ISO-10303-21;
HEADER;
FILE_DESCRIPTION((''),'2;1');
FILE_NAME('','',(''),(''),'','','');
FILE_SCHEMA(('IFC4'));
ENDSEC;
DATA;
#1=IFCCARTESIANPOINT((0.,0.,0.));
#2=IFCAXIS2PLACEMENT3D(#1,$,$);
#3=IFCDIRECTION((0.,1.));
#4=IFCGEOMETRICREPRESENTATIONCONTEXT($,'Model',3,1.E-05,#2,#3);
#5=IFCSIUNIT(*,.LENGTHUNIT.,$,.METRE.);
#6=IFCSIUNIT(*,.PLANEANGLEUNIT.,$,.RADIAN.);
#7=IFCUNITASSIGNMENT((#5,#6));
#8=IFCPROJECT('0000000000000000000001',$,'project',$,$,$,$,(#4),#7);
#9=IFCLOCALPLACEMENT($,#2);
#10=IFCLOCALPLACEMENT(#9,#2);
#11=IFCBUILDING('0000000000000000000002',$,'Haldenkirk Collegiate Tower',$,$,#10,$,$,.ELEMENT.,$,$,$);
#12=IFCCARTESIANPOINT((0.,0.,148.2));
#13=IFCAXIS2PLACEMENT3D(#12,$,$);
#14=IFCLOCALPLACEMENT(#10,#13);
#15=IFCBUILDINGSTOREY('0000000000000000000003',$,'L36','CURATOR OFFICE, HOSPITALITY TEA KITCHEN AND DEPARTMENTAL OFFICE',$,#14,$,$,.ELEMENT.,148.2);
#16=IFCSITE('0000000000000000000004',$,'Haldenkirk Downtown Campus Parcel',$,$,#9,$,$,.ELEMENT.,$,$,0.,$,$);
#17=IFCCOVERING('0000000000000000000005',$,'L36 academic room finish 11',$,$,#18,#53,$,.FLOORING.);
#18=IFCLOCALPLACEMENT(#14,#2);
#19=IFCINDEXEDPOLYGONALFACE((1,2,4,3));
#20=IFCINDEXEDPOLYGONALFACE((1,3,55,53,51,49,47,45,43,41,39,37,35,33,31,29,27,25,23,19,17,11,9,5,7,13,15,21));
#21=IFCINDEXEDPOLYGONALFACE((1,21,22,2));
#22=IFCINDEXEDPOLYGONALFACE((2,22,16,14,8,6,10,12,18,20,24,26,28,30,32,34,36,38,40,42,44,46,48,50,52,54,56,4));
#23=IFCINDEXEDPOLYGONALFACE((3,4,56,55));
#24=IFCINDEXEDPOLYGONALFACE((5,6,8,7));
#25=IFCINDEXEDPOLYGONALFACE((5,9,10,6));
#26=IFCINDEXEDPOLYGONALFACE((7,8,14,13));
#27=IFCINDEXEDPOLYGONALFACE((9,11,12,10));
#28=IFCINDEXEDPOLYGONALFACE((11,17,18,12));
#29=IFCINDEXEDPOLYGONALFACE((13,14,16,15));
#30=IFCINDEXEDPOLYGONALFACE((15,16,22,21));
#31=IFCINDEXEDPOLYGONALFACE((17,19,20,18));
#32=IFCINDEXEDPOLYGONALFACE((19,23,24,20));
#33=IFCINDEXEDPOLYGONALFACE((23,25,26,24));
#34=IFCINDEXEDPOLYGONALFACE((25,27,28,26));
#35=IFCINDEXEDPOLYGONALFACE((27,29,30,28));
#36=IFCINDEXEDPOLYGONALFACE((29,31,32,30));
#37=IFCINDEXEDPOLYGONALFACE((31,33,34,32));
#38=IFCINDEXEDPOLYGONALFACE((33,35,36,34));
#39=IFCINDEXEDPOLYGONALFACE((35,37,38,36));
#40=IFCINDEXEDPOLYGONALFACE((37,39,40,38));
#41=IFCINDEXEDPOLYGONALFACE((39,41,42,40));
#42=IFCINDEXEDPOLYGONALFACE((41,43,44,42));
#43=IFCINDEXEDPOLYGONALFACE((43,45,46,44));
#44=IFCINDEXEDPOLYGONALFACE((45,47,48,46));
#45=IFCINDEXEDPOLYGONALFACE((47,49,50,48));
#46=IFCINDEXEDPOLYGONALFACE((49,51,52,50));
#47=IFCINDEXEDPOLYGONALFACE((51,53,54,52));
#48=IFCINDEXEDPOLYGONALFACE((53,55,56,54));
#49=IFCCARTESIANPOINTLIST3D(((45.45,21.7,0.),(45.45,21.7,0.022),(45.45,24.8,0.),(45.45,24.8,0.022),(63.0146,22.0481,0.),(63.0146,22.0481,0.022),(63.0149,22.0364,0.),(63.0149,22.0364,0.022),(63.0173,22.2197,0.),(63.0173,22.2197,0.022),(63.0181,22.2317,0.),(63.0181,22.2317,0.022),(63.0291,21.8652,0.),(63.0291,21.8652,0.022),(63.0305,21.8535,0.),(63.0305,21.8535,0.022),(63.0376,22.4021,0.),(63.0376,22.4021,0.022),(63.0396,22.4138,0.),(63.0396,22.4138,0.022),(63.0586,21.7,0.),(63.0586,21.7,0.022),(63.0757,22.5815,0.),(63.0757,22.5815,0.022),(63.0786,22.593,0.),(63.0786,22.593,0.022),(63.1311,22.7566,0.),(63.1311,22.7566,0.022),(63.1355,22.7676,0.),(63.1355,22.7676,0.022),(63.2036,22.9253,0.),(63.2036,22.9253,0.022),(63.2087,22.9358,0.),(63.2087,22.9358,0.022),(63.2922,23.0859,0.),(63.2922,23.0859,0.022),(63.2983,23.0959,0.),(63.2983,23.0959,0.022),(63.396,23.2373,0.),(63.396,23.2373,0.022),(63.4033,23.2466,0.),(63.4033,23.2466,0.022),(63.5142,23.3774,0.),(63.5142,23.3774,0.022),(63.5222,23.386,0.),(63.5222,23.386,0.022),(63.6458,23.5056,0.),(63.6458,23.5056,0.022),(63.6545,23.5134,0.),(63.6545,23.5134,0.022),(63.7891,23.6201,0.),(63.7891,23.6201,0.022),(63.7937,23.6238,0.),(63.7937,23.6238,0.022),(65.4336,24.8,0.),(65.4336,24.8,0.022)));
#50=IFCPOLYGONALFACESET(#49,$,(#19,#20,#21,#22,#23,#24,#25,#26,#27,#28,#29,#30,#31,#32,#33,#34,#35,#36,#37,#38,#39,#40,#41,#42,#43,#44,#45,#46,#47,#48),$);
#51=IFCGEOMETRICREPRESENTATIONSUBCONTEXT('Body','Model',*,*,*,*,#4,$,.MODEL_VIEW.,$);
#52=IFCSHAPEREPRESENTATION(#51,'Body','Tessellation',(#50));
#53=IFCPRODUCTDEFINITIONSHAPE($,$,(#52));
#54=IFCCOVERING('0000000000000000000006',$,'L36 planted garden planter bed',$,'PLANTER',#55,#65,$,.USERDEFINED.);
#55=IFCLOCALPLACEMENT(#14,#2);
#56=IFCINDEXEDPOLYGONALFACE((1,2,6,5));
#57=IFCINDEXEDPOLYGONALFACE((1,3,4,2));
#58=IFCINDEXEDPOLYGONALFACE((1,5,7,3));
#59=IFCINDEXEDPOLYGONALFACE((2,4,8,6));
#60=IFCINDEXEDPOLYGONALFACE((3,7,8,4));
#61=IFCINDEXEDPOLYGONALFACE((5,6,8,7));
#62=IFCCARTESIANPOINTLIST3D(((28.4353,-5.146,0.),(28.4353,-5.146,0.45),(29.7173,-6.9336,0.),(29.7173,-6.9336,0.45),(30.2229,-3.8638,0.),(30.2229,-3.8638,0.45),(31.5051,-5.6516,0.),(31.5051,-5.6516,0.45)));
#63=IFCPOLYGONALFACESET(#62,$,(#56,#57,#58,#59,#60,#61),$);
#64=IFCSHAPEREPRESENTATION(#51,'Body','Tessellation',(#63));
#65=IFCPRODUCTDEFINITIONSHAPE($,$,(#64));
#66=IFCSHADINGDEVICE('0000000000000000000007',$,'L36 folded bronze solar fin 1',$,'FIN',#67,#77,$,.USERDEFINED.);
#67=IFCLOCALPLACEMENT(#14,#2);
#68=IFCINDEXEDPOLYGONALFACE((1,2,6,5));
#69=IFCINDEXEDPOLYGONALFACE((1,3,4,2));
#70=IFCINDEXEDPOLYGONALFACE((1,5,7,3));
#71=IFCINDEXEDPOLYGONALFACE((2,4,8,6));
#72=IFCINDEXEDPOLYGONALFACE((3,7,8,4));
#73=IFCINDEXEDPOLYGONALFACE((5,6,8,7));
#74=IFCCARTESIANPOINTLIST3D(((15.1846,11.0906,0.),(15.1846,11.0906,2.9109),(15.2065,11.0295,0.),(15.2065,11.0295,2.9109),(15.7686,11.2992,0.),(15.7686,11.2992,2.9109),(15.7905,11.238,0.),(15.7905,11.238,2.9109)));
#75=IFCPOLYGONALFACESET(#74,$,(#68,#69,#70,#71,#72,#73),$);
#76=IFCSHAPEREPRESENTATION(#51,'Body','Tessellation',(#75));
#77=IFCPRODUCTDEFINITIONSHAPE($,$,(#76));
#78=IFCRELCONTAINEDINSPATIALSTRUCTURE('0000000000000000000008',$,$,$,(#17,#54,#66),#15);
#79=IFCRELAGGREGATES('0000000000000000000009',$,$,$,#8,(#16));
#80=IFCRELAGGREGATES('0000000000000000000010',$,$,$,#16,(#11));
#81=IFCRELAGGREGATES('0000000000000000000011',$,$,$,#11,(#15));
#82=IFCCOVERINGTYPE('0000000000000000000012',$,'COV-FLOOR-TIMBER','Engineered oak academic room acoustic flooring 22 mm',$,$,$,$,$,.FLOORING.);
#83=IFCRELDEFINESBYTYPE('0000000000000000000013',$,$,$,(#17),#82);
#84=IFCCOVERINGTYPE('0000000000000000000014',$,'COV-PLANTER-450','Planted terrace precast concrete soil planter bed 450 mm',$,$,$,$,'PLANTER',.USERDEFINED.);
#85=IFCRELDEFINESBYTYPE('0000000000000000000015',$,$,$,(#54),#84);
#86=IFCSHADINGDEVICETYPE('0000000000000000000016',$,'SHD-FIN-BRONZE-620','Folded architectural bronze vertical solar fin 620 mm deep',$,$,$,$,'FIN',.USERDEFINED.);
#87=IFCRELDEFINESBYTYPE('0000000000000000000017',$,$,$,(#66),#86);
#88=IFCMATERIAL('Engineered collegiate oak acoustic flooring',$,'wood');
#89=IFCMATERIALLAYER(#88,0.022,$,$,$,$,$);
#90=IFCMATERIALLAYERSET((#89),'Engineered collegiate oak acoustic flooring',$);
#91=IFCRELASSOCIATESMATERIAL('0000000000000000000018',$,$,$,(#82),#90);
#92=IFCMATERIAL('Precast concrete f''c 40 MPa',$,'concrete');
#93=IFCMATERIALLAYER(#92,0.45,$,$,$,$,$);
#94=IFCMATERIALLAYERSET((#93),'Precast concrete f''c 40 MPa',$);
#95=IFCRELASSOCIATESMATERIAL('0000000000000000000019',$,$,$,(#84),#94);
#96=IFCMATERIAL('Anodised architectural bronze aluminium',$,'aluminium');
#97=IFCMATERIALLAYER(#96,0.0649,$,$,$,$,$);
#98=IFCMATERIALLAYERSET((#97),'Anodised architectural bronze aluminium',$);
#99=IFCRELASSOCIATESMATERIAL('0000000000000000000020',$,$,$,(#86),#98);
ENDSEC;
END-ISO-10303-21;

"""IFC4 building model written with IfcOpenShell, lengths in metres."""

from ifc_helpers import new_model, si_unit, direction, frame, origin, origin_2d, place, context, subcontext, project, spatial, polyline, rectangle, outline, extrude, source, transform, mapped, material, layer, layer_set, type_object, element, save


model = new_model("IFC4")

# Units and contexts
model_context = context("Model", 3, precision=1e-05, world=origin(), true_north=direction((0.0, 1.0)))
body_context = subcontext(model_context, "Body", "Model", "MODEL_VIEW")
ifc_project = project(units=[si_unit("LENGTHUNIT", "METRE"), si_unit("PLANEANGLEUNIT", "RADIAN")], contexts=[model_context])

# Site, building, storey
site_placement = place(None, origin())
site = spatial("IfcSite", under=ifc_project, at=site_placement, Name="Haldenkirk Downtown Campus Parcel", CompositionType="ELEMENT", RefElevation=0.0)
building_placement = place(site_placement, origin())
building = spatial("IfcBuilding", under=site, at=building_placement, Name="Haldenkirk Collegiate Tower", CompositionType="ELEMENT")
storey_placement = place(building_placement, frame((0.0, 0.0, 148.2)))
storey = spatial("IfcBuildingStorey", under=building, at=storey_placement, Name="L36", Description="CURATOR OFFICE, HOSPITALITY TEA KITCHEN AND DEPARTMENTAL OFFICE", CompositionType="ELEMENT", Elevation=148.2)

# Shared definitions
ifc_material_1 = material(Name="Anodised architectural bronze aluminium", Category="aluminium")

# Coverings
ifc_material_2 = material(Name="Engineered collegiate oak acoustic flooring", Category="wood")
ifc_layer_1 = layer(ifc_material_2, 0.022)
ifc_layer_set_1 = layer_set([ifc_layer_1], Name="Engineered collegiate oak acoustic flooring")
covering_type_1 = type_object("IfcCoveringType", Name="COV-FLOOR-TIMBER", Description="Engineered oak academic room acoustic flooring 22 mm", PredefinedType="FLOORING", material=ifc_layer_set_1)
covering_1_placement = place(storey_placement, origin())
element("IfcCovering", 1, at=covering_1_placement, inside=storey, type_object=covering_type_1, Name="L36 academic room finish 11", PredefinedType="FLOORING", context=body_context, shape_type="SweptSolid", body=[
    extrude(outline(polyline([(63.0586, 21.7), (45.45, 21.7), (45.45, 24.8), (65.4336, 24.8), (63.7937, 23.6238), (63.7891, 23.6201), (63.6545, 23.5134), (63.6458, 23.5056), (63.5222, 23.386), (63.5142, 23.3774), (63.4033, 23.2466), (63.396, 23.2373), (63.2983, 23.0959), (63.2922, 23.0859), (63.2087, 22.9358), (63.2036, 22.9253), (63.1355, 22.7676), (63.1311, 22.7566), (63.0786, 22.593), (63.0757, 22.5815), (63.0396, 22.4138), (63.0376, 22.4021), (63.0181, 22.2317), (63.0173, 22.2197), (63.0146, 22.0481), (63.0149, 22.0364), (63.0291, 21.8652), (63.0305, 21.8535), (63.0586, 21.7)])), origin(), (0.0, 0.0, 1.0), 0.022),
])
ifc_material_3 = material(Name="Precast concrete f'c 40 MPa", Category="concrete")
ifc_layer_2 = layer(ifc_material_3, 0.45)
ifc_layer_set_2 = layer_set([ifc_layer_2], Name="Precast concrete f'c 40 MPa")
covering_type_2 = type_object("IfcCoveringType", Name="COV-PLANTER-450", Description="Planted terrace precast concrete soil planter bed 450 mm", ElementType="PLANTER", PredefinedType="USERDEFINED", material=ifc_layer_set_2)
covering_2_placement = place(storey_placement, origin())
element("IfcCovering", 2, at=covering_2_placement, inside=storey, type_object=covering_type_2, Name="L36 planted garden planter bed", ObjectType="PLANTER", PredefinedType="USERDEFINED", context=body_context, shape_type="SweptSolid", body=[
    extrude(outline(polyline([(29.7173, -6.9336), (28.4353, -5.146), (30.2229, -3.8638), (31.5051, -5.6516), (29.7173, -6.9336)])), origin(), (0.0, 0.0, 1.0), 0.45),
])

# Shading device
ifc_layer_3 = layer(ifc_material_1, 0.0649)
ifc_layer_set_3 = layer_set([ifc_layer_3], Name="Anodised architectural bronze aluminium")
shading_device_type = type_object("IfcShadingDeviceType", Name="SHD-FIN-BRONZE-620", Description="Folded architectural bronze vertical solar fin 620 mm deep", ElementType="FIN", PredefinedType="USERDEFINED", material=ifc_layer_set_3)
shared_shape_1 = source(origin(), body_context, "Body", "SweptSolid", [
    extrude(rectangle(XDim=0.6201, YDim=0.0649, at=origin_2d()), origin(), (0.0, 0.0, 1.0), 2.9109),
])
shading_device_placement = place(storey_placement, frame((15.4875, 11.1643, 0.0), z_axis=(0.0, 0.0, 1.0), x_axis=(-0.941764, -0.336274, 0.0)))
element("IfcShadingDevice", 3, at=shading_device_placement, inside=storey, type_object=shading_device_type, Name="L36 folded bronze solar fin 1", ObjectType="FIN", PredefinedType="USERDEFINED", context=body_context, shape_type="MappedRepresentation", body=[
    mapped(shared_shape_1, transform((0.0, 0.0, 0.0), x_axis=(1.0, 0.0, 0.0), y_axis=(0.0, 1.0, 0.0), z_axis=(0.0, 0.0, 1.0), scale=1.0)),
])

save(model, "model.ifc")
